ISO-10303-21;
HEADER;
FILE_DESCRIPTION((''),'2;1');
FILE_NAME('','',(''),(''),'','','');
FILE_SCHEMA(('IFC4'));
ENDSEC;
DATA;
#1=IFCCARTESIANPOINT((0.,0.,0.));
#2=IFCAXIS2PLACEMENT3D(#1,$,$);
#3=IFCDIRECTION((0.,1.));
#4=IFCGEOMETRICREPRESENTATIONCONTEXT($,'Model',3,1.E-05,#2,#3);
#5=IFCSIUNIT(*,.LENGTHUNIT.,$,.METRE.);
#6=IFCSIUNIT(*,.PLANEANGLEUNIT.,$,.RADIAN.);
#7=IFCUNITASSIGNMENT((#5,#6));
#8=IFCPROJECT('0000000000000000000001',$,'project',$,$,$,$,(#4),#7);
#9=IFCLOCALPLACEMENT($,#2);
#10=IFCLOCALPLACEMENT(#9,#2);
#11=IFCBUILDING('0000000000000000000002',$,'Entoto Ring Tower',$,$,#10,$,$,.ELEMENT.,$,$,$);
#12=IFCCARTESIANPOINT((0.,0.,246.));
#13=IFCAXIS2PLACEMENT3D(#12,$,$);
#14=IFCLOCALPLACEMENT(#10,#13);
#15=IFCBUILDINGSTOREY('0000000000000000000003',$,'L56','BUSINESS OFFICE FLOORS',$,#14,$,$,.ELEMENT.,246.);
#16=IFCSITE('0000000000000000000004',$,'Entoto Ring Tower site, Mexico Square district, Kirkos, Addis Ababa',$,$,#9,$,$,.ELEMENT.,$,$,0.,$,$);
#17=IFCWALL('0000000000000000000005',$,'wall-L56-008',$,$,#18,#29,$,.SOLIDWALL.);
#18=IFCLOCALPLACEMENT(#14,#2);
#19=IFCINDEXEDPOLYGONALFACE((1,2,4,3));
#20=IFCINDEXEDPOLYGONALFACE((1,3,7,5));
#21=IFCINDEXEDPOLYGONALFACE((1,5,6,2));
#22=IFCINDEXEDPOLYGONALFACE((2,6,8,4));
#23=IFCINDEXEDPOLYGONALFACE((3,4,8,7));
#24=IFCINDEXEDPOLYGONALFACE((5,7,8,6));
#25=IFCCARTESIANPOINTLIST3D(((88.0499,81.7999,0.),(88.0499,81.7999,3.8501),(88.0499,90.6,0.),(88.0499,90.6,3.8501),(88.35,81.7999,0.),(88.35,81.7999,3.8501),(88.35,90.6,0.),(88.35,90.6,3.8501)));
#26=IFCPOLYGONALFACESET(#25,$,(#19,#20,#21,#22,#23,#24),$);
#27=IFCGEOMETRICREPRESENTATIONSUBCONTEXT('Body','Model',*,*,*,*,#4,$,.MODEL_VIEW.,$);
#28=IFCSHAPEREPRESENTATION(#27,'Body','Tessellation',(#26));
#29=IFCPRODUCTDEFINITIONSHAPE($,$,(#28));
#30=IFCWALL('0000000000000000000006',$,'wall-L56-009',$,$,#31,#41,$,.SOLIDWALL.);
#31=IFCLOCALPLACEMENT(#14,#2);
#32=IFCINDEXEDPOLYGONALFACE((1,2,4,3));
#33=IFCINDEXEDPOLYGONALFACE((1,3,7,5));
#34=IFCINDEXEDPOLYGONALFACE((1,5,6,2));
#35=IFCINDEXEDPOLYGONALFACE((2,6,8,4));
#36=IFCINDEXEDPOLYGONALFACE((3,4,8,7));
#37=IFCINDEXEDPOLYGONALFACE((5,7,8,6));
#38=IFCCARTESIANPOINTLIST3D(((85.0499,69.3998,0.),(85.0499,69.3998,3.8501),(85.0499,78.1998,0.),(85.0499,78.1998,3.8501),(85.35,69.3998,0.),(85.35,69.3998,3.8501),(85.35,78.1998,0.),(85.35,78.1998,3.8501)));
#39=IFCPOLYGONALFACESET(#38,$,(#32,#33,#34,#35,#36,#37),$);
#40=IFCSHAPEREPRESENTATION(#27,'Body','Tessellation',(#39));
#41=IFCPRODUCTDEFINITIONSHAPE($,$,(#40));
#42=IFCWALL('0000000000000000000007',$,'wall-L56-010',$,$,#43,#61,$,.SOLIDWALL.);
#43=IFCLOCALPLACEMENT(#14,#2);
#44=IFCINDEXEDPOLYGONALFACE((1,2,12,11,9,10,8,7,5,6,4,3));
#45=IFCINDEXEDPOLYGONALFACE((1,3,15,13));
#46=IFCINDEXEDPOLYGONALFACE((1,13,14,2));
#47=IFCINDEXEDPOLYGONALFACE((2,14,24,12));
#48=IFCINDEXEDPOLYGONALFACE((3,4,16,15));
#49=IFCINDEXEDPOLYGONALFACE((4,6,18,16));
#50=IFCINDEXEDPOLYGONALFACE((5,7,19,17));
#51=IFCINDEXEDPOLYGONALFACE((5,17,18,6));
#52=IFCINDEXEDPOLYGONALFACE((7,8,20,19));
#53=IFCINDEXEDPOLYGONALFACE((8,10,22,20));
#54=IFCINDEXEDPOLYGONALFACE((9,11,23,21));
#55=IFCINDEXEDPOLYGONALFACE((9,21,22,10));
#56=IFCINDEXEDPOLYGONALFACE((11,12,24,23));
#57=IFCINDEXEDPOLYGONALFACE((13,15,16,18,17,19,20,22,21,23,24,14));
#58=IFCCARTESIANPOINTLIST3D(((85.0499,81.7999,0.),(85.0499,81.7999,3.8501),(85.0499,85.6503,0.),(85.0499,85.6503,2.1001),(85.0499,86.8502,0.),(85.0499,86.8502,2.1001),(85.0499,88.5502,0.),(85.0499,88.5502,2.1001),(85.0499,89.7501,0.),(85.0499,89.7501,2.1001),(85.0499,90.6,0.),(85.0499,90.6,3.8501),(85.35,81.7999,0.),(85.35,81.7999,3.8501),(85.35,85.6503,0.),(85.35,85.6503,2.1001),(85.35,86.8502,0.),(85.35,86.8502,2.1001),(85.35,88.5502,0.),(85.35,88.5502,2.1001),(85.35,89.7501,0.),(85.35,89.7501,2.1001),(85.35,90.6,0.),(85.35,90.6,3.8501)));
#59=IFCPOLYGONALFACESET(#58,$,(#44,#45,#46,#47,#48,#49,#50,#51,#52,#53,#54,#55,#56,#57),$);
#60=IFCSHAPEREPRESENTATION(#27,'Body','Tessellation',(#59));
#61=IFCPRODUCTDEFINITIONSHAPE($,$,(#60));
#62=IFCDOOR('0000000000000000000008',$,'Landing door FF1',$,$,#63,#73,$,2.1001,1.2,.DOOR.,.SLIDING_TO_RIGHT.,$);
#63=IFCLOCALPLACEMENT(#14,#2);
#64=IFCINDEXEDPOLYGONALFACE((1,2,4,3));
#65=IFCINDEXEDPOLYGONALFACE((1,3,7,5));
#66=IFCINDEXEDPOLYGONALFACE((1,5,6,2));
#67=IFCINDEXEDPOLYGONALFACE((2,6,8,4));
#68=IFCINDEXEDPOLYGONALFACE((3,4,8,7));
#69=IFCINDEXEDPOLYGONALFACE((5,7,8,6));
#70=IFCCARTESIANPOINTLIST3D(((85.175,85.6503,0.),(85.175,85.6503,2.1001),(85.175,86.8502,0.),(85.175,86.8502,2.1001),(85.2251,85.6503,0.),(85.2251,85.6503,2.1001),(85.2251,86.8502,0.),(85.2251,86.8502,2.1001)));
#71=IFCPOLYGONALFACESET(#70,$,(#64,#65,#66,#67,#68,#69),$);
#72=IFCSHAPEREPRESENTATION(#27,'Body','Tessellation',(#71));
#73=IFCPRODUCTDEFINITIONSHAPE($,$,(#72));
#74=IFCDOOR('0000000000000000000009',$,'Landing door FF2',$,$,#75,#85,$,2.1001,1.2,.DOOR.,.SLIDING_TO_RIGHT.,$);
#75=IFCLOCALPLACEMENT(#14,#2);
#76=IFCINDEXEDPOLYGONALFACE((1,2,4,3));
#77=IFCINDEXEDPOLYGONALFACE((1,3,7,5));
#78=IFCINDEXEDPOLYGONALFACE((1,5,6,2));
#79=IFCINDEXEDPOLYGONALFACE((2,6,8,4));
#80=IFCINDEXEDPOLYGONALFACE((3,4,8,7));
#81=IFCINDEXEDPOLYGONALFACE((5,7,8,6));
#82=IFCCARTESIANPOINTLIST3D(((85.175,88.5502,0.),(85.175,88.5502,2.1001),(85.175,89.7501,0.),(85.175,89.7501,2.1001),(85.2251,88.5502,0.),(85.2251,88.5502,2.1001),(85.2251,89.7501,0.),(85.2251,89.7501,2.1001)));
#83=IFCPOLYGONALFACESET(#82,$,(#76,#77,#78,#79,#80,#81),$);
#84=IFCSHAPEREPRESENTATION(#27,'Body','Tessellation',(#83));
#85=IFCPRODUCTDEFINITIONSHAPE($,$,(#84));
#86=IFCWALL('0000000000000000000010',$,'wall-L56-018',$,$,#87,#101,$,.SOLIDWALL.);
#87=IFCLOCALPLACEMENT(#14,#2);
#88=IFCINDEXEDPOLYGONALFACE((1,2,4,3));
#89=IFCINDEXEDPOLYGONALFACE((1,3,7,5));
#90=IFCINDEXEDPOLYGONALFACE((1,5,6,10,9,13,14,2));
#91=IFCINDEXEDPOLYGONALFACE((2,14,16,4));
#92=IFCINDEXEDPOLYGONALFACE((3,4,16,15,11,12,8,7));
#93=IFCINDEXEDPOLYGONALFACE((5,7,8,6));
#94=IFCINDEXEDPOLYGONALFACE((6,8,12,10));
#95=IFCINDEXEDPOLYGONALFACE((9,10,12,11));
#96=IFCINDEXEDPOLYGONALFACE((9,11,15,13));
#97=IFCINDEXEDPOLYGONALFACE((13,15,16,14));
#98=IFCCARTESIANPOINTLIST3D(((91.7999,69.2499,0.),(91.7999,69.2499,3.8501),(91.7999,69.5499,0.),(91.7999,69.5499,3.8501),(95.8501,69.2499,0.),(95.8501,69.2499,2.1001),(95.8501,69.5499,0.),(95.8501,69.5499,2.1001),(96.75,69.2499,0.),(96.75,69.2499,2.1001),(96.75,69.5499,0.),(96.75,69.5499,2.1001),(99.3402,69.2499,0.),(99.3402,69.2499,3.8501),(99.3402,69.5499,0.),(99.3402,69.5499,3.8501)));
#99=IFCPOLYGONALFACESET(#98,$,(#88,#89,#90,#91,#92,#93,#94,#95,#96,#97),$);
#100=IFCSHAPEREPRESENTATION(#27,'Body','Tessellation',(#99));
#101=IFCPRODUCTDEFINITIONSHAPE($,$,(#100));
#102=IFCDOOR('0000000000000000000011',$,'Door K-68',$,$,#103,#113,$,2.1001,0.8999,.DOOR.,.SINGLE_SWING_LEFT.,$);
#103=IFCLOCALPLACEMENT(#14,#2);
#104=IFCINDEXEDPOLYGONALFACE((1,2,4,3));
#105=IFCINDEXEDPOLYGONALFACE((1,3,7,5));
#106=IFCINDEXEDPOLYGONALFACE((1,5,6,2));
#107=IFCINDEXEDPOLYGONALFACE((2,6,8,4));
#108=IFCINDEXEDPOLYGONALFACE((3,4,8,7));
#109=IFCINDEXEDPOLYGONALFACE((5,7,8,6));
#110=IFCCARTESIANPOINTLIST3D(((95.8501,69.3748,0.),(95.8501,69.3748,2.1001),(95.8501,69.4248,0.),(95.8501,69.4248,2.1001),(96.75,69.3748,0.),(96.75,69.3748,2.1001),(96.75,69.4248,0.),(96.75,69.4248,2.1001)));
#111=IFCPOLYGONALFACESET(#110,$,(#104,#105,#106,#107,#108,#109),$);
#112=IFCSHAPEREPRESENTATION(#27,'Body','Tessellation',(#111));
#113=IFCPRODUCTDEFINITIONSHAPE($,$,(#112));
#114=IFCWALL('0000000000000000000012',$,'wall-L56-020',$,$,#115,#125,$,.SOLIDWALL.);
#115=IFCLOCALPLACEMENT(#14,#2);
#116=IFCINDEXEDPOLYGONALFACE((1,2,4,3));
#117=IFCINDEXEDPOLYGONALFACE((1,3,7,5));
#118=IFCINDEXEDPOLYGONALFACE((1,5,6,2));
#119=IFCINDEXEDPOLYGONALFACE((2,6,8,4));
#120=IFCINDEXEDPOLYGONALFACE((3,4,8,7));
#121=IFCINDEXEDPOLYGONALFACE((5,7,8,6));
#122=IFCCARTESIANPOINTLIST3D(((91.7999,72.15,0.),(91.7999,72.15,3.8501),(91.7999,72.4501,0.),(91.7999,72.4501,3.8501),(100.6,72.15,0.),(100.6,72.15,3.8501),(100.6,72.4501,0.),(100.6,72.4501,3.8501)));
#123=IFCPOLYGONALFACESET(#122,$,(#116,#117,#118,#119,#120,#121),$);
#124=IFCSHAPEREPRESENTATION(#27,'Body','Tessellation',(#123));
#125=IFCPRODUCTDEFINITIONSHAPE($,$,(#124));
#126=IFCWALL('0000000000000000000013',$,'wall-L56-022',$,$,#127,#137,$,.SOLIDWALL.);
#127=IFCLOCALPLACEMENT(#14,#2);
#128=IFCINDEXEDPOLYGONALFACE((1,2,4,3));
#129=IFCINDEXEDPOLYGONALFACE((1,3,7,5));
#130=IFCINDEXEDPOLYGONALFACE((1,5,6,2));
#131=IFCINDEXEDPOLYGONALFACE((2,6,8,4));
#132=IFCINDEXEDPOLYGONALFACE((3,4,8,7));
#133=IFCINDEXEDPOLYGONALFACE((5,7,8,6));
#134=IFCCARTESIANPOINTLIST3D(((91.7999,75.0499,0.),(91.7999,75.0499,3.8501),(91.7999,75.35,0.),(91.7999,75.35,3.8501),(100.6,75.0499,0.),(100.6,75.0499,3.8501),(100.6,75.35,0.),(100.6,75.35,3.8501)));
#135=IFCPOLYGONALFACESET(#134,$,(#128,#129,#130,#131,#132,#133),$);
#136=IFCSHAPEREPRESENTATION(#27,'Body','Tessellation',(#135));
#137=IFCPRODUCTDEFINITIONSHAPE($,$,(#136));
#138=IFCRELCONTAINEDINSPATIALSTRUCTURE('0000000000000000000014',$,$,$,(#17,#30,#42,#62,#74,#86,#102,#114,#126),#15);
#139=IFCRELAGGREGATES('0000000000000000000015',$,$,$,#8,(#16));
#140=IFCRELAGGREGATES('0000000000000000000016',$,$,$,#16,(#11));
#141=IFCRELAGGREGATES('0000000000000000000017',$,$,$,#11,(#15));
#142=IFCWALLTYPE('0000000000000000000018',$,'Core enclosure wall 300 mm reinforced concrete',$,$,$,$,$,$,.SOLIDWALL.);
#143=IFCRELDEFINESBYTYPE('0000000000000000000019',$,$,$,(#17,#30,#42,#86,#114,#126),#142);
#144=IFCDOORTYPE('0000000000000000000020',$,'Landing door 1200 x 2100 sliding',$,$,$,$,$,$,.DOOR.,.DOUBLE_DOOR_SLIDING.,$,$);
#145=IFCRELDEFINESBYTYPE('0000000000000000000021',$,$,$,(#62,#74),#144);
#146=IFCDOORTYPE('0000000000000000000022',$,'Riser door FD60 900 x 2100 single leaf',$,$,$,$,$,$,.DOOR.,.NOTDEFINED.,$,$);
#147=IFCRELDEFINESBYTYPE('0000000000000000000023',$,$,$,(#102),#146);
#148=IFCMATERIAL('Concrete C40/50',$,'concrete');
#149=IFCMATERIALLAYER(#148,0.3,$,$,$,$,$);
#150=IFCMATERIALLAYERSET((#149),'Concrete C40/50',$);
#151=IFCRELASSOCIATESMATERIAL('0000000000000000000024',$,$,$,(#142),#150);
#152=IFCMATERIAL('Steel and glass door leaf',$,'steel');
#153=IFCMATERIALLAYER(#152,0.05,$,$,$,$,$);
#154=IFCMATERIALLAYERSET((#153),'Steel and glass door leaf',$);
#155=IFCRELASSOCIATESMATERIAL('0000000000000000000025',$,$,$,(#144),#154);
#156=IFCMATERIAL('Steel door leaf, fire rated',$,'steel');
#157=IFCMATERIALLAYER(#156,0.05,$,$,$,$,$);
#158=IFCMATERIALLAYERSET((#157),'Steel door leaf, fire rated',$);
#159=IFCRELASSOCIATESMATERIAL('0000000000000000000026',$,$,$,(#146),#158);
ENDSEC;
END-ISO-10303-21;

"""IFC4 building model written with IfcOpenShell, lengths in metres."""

from ifc_helpers import new_model, si_unit, direction, frame, frame_2d, origin, place, context, subcontext, project, spatial, rectangle, extrude, material, layer, layer_set, type_object, element, fill, save


model = new_model("IFC4")

# Units and contexts
model_context = context("Model", 3, precision=1e-05, world=origin(), true_north=direction((0.0, 1.0)))
body_context = subcontext(model_context, "Body", "Model", "MODEL_VIEW")
ifc_project = project(units=[si_unit("LENGTHUNIT", "METRE"), si_unit("PLANEANGLEUNIT", "RADIAN")], contexts=[model_context])

# Site, building, storey
site_placement = place(None, origin())
site = spatial("IfcSite", under=ifc_project, at=site_placement, Name="Entoto Ring Tower site, Mexico Square district, Kirkos, Addis Ababa", CompositionType="ELEMENT", RefElevation=0.0)
building_placement = place(site_placement, origin())
building = spatial("IfcBuilding", under=site, at=building_placement, Name="Entoto Ring Tower", CompositionType="ELEMENT")
storey_placement = place(building_placement, frame((0.0, 0.0, 246.0)))
storey = spatial("IfcBuildingStorey", under=building, at=storey_placement, Name="L56", Description="BUSINESS OFFICE FLOORS", CompositionType="ELEMENT", Elevation=246.0)

# Shared definitions
ifc_material_1 = material(Name="Concrete C40/50", Category="concrete")
ifc_layer_1 = layer(ifc_material_1, 0.3)
ifc_layer_set_1 = layer_set([ifc_layer_1], Name="Concrete C40/50")
wall_type_1 = type_object("IfcWallType", Name="Core enclosure wall 300 mm reinforced concrete", PredefinedType="SOLIDWALL", material=ifc_layer_set_1)

# Shared definitions
ifc_material_2 = material(Name="Steel and glass door leaf", Category="steel")
ifc_layer_2 = layer(ifc_material_2, 0.05)
ifc_layer_set_2 = layer_set([ifc_layer_2], Name="Steel and glass door leaf")
door_type_1 = type_object("IfcDoorType", Name="Landing door 1200 x 2100 sliding", OperationType="DOUBLE_DOOR_SLIDING", PredefinedType="DOOR", material=ifc_layer_set_2)

# Walls
for number, where, z_axis, x_axis, name in (
    (1, (88.2, 81.8, 0.0), (0.0, 0.0, 1.0), (0.0, 1.0, 0.0), "wall-L56-008"),
    (2, (85.2, 69.3999, 0.0), (0.0, 0.0, 1.0), (0.0, 1.0, 0.0), "wall-L56-009"),
):
    element("IfcWall", number, at=place(storey_placement, frame(where, z_axis=z_axis, x_axis=x_axis)), inside=storey, type_object=wall_type_1, Name=name, PredefinedType="SOLIDWALL", context=body_context, shape_type="SweptSolid", body=[
        extrude(rectangle(XDim=8.8, YDim=0.3, at=frame_2d((4.3999, 0.0))), origin(), (0.0, 0.0, 1.0), 3.8501),
    ])

# Wall, openings, doors
wall_1_placement = place(storey_placement, frame((85.2, 81.8, 0.0), z_axis=(0.0, 0.0, 1.0), x_axis=(0.0, 1.0, 0.0)))
wall_1 = element("IfcWall", 3, at=wall_1_placement, inside=storey, type_object=wall_type_1, Name="wall-L56-010", PredefinedType="SOLIDWALL", context=body_context, shape_type="SweptSolid", body=[
    extrude(rectangle(XDim=8.8, YDim=0.3, at=frame_2d((4.3999, 0.0))), origin(), (0.0, 0.0, 1.0), 3.8501),
])
opening_1_placement = place(wall_1_placement, frame((3.8501, 0.0, 0.0)))
opening_1 = element("IfcOpeningElement", 4, at=opening_1_placement, cuts=wall_1, PredefinedType="OPENING", context=body_context, shape_type="SweptSolid", body=[
    extrude(rectangle(XDim=1.2, YDim=2.1001, at=frame_2d((0.6001, 1.05))), frame((0.0, 0.1602, 0.0), z_axis=(0.0, -1.0, 0.0), x_axis=(1.0, 0.0, 0.0)), (0.0, 0.0, 1.0), 0.3201),
])
opening_2_placement = place(wall_1_placement, frame((6.75, 0.0, 0.0)))
opening_2 = element("IfcOpeningElement", 5, at=opening_2_placement, cuts=wall_1, PredefinedType="OPENING", context=body_context, shape_type="SweptSolid", body=[
    extrude(rectangle(XDim=1.2, YDim=2.1001, at=frame_2d((0.6001, 1.05))), frame((0.0, 0.1602, 0.0), z_axis=(0.0, -1.0, 0.0), x_axis=(1.0, 0.0, 0.0)), (0.0, 0.0, 1.0), 0.3201),
])
door_1_placement = place(opening_1_placement, origin())
door_1 = element("IfcDoor", 6, at=door_1_placement, inside=storey, type_object=door_type_1, Name="Landing door FF1", OperationType="SLIDING_TO_RIGHT", OverallHeight=2.1001, OverallWidth=1.2, PredefinedType="DOOR", context=body_context, shape_type="SweptSolid", body=[
    extrude(rectangle(XDim=1.2, YDim=2.1001, at=frame_2d((0.6001, 1.05))), frame((0.0, 0.0249, 0.0), z_axis=(0.0, -1.0, 0.0), x_axis=(1.0, 0.0, 0.0)), (0.0, 0.0, 1.0), 0.05),
])
fill(opening_1, door_1)
door_2_placement = place(opening_2_placement, origin())
door_2 = element("IfcDoor", 7, at=door_2_placement, inside=storey, type_object=door_type_1, Name="Landing door FF2", OperationType="SLIDING_TO_RIGHT", OverallHeight=2.1001, OverallWidth=1.2, PredefinedType="DOOR", context=body_context, shape_type="SweptSolid", body=[
    extrude(rectangle(XDim=1.2, YDim=2.1001, at=frame_2d((0.6001, 1.05))), frame((0.0, 0.0249, 0.0), z_axis=(0.0, -1.0, 0.0), x_axis=(1.0, 0.0, 0.0)), (0.0, 0.0, 1.0), 0.05),
])
fill(opening_2, door_2)

# Wall, opening, door
wall_2_placement = place(storey_placement, frame((91.8, 69.3999, 0.0), z_axis=(0.0, 0.0, 1.0), x_axis=(1.0, 0.0, 0.0)))
wall_2 = element("IfcWall", 8, at=wall_2_placement, inside=storey, type_object=wall_type_1, Name="wall-L56-018", PredefinedType="SOLIDWALL", context=body_context, shape_type="SweptSolid", body=[
    extrude(rectangle(XDim=7.5403, YDim=0.3, at=frame_2d((3.77, 0.0))), origin(), (0.0, 0.0, 1.0), 3.8501),
])
opening_3_placement = place(wall_2_placement, frame((4.05, 0.0, 0.0)))
opening_3 = element("IfcOpeningElement", 9, at=opening_3_placement, cuts=wall_2, PredefinedType="OPENING", context=body_context, shape_type="SweptSolid", body=[
    extrude(rectangle(XDim=0.8999, YDim=2.1001, at=frame_2d((0.45, 1.05))), frame((0.0, 0.1602, 0.0), z_axis=(0.0, -1.0, 0.0), x_axis=(1.0, 0.0, 0.0)), (0.0, 0.0, 1.0), 0.3201),
])
ifc_material_3 = material(Name="Steel door leaf, fire rated", Category="steel")
ifc_layer_3 = layer(ifc_material_3, 0.05)
ifc_layer_set_3 = layer_set([ifc_layer_3], Name="Steel door leaf, fire rated")
door_type_2 = type_object("IfcDoorType", Name="Riser door FD60 900 x 2100 single leaf", OperationType="NOTDEFINED", PredefinedType="DOOR", material=ifc_layer_set_3)
door_3_placement = place(opening_3_placement, origin())
door_3 = element("IfcDoor", 10, at=door_3_placement, inside=storey, type_object=door_type_2, Name="Door K-68", OperationType="SINGLE_SWING_LEFT", OverallHeight=2.1001, OverallWidth=0.8999, PredefinedType="DOOR", context=body_context, shape_type="SweptSolid", body=[
    extrude(rectangle(XDim=0.8999, YDim=2.1001, at=frame_2d((0.45, 1.05))), frame((0.0, 0.0249, 0.0), z_axis=(0.0, -1.0, 0.0), x_axis=(1.0, 0.0, 0.0)), (0.0, 0.0, 1.0), 0.05),
])
fill(opening_3, door_3)

# Walls
for number, where, z_axis, x_axis, name in (
    (11, (91.8, 72.3, 0.0), (0.0, 0.0, 1.0), (1.0, 0.0, 0.0), "wall-L56-020"),
    (12, (91.8, 75.2, 0.0), (0.0, 0.0, 1.0), (1.0, 0.0, 0.0), "wall-L56-022"),
):
    element("IfcWall", number, at=place(storey_placement, frame(where, z_axis=z_axis, x_axis=x_axis)), inside=storey, type_object=wall_type_1, Name=name, PredefinedType="SOLIDWALL", context=body_context, shape_type="SweptSolid", body=[
        extrude(rectangle(XDim=8.8, YDim=0.3, at=frame_2d((4.3999, 0.0))), origin(), (0.0, 0.0, 1.0), 3.8501),
    ])

save(model, "model.ifc")
